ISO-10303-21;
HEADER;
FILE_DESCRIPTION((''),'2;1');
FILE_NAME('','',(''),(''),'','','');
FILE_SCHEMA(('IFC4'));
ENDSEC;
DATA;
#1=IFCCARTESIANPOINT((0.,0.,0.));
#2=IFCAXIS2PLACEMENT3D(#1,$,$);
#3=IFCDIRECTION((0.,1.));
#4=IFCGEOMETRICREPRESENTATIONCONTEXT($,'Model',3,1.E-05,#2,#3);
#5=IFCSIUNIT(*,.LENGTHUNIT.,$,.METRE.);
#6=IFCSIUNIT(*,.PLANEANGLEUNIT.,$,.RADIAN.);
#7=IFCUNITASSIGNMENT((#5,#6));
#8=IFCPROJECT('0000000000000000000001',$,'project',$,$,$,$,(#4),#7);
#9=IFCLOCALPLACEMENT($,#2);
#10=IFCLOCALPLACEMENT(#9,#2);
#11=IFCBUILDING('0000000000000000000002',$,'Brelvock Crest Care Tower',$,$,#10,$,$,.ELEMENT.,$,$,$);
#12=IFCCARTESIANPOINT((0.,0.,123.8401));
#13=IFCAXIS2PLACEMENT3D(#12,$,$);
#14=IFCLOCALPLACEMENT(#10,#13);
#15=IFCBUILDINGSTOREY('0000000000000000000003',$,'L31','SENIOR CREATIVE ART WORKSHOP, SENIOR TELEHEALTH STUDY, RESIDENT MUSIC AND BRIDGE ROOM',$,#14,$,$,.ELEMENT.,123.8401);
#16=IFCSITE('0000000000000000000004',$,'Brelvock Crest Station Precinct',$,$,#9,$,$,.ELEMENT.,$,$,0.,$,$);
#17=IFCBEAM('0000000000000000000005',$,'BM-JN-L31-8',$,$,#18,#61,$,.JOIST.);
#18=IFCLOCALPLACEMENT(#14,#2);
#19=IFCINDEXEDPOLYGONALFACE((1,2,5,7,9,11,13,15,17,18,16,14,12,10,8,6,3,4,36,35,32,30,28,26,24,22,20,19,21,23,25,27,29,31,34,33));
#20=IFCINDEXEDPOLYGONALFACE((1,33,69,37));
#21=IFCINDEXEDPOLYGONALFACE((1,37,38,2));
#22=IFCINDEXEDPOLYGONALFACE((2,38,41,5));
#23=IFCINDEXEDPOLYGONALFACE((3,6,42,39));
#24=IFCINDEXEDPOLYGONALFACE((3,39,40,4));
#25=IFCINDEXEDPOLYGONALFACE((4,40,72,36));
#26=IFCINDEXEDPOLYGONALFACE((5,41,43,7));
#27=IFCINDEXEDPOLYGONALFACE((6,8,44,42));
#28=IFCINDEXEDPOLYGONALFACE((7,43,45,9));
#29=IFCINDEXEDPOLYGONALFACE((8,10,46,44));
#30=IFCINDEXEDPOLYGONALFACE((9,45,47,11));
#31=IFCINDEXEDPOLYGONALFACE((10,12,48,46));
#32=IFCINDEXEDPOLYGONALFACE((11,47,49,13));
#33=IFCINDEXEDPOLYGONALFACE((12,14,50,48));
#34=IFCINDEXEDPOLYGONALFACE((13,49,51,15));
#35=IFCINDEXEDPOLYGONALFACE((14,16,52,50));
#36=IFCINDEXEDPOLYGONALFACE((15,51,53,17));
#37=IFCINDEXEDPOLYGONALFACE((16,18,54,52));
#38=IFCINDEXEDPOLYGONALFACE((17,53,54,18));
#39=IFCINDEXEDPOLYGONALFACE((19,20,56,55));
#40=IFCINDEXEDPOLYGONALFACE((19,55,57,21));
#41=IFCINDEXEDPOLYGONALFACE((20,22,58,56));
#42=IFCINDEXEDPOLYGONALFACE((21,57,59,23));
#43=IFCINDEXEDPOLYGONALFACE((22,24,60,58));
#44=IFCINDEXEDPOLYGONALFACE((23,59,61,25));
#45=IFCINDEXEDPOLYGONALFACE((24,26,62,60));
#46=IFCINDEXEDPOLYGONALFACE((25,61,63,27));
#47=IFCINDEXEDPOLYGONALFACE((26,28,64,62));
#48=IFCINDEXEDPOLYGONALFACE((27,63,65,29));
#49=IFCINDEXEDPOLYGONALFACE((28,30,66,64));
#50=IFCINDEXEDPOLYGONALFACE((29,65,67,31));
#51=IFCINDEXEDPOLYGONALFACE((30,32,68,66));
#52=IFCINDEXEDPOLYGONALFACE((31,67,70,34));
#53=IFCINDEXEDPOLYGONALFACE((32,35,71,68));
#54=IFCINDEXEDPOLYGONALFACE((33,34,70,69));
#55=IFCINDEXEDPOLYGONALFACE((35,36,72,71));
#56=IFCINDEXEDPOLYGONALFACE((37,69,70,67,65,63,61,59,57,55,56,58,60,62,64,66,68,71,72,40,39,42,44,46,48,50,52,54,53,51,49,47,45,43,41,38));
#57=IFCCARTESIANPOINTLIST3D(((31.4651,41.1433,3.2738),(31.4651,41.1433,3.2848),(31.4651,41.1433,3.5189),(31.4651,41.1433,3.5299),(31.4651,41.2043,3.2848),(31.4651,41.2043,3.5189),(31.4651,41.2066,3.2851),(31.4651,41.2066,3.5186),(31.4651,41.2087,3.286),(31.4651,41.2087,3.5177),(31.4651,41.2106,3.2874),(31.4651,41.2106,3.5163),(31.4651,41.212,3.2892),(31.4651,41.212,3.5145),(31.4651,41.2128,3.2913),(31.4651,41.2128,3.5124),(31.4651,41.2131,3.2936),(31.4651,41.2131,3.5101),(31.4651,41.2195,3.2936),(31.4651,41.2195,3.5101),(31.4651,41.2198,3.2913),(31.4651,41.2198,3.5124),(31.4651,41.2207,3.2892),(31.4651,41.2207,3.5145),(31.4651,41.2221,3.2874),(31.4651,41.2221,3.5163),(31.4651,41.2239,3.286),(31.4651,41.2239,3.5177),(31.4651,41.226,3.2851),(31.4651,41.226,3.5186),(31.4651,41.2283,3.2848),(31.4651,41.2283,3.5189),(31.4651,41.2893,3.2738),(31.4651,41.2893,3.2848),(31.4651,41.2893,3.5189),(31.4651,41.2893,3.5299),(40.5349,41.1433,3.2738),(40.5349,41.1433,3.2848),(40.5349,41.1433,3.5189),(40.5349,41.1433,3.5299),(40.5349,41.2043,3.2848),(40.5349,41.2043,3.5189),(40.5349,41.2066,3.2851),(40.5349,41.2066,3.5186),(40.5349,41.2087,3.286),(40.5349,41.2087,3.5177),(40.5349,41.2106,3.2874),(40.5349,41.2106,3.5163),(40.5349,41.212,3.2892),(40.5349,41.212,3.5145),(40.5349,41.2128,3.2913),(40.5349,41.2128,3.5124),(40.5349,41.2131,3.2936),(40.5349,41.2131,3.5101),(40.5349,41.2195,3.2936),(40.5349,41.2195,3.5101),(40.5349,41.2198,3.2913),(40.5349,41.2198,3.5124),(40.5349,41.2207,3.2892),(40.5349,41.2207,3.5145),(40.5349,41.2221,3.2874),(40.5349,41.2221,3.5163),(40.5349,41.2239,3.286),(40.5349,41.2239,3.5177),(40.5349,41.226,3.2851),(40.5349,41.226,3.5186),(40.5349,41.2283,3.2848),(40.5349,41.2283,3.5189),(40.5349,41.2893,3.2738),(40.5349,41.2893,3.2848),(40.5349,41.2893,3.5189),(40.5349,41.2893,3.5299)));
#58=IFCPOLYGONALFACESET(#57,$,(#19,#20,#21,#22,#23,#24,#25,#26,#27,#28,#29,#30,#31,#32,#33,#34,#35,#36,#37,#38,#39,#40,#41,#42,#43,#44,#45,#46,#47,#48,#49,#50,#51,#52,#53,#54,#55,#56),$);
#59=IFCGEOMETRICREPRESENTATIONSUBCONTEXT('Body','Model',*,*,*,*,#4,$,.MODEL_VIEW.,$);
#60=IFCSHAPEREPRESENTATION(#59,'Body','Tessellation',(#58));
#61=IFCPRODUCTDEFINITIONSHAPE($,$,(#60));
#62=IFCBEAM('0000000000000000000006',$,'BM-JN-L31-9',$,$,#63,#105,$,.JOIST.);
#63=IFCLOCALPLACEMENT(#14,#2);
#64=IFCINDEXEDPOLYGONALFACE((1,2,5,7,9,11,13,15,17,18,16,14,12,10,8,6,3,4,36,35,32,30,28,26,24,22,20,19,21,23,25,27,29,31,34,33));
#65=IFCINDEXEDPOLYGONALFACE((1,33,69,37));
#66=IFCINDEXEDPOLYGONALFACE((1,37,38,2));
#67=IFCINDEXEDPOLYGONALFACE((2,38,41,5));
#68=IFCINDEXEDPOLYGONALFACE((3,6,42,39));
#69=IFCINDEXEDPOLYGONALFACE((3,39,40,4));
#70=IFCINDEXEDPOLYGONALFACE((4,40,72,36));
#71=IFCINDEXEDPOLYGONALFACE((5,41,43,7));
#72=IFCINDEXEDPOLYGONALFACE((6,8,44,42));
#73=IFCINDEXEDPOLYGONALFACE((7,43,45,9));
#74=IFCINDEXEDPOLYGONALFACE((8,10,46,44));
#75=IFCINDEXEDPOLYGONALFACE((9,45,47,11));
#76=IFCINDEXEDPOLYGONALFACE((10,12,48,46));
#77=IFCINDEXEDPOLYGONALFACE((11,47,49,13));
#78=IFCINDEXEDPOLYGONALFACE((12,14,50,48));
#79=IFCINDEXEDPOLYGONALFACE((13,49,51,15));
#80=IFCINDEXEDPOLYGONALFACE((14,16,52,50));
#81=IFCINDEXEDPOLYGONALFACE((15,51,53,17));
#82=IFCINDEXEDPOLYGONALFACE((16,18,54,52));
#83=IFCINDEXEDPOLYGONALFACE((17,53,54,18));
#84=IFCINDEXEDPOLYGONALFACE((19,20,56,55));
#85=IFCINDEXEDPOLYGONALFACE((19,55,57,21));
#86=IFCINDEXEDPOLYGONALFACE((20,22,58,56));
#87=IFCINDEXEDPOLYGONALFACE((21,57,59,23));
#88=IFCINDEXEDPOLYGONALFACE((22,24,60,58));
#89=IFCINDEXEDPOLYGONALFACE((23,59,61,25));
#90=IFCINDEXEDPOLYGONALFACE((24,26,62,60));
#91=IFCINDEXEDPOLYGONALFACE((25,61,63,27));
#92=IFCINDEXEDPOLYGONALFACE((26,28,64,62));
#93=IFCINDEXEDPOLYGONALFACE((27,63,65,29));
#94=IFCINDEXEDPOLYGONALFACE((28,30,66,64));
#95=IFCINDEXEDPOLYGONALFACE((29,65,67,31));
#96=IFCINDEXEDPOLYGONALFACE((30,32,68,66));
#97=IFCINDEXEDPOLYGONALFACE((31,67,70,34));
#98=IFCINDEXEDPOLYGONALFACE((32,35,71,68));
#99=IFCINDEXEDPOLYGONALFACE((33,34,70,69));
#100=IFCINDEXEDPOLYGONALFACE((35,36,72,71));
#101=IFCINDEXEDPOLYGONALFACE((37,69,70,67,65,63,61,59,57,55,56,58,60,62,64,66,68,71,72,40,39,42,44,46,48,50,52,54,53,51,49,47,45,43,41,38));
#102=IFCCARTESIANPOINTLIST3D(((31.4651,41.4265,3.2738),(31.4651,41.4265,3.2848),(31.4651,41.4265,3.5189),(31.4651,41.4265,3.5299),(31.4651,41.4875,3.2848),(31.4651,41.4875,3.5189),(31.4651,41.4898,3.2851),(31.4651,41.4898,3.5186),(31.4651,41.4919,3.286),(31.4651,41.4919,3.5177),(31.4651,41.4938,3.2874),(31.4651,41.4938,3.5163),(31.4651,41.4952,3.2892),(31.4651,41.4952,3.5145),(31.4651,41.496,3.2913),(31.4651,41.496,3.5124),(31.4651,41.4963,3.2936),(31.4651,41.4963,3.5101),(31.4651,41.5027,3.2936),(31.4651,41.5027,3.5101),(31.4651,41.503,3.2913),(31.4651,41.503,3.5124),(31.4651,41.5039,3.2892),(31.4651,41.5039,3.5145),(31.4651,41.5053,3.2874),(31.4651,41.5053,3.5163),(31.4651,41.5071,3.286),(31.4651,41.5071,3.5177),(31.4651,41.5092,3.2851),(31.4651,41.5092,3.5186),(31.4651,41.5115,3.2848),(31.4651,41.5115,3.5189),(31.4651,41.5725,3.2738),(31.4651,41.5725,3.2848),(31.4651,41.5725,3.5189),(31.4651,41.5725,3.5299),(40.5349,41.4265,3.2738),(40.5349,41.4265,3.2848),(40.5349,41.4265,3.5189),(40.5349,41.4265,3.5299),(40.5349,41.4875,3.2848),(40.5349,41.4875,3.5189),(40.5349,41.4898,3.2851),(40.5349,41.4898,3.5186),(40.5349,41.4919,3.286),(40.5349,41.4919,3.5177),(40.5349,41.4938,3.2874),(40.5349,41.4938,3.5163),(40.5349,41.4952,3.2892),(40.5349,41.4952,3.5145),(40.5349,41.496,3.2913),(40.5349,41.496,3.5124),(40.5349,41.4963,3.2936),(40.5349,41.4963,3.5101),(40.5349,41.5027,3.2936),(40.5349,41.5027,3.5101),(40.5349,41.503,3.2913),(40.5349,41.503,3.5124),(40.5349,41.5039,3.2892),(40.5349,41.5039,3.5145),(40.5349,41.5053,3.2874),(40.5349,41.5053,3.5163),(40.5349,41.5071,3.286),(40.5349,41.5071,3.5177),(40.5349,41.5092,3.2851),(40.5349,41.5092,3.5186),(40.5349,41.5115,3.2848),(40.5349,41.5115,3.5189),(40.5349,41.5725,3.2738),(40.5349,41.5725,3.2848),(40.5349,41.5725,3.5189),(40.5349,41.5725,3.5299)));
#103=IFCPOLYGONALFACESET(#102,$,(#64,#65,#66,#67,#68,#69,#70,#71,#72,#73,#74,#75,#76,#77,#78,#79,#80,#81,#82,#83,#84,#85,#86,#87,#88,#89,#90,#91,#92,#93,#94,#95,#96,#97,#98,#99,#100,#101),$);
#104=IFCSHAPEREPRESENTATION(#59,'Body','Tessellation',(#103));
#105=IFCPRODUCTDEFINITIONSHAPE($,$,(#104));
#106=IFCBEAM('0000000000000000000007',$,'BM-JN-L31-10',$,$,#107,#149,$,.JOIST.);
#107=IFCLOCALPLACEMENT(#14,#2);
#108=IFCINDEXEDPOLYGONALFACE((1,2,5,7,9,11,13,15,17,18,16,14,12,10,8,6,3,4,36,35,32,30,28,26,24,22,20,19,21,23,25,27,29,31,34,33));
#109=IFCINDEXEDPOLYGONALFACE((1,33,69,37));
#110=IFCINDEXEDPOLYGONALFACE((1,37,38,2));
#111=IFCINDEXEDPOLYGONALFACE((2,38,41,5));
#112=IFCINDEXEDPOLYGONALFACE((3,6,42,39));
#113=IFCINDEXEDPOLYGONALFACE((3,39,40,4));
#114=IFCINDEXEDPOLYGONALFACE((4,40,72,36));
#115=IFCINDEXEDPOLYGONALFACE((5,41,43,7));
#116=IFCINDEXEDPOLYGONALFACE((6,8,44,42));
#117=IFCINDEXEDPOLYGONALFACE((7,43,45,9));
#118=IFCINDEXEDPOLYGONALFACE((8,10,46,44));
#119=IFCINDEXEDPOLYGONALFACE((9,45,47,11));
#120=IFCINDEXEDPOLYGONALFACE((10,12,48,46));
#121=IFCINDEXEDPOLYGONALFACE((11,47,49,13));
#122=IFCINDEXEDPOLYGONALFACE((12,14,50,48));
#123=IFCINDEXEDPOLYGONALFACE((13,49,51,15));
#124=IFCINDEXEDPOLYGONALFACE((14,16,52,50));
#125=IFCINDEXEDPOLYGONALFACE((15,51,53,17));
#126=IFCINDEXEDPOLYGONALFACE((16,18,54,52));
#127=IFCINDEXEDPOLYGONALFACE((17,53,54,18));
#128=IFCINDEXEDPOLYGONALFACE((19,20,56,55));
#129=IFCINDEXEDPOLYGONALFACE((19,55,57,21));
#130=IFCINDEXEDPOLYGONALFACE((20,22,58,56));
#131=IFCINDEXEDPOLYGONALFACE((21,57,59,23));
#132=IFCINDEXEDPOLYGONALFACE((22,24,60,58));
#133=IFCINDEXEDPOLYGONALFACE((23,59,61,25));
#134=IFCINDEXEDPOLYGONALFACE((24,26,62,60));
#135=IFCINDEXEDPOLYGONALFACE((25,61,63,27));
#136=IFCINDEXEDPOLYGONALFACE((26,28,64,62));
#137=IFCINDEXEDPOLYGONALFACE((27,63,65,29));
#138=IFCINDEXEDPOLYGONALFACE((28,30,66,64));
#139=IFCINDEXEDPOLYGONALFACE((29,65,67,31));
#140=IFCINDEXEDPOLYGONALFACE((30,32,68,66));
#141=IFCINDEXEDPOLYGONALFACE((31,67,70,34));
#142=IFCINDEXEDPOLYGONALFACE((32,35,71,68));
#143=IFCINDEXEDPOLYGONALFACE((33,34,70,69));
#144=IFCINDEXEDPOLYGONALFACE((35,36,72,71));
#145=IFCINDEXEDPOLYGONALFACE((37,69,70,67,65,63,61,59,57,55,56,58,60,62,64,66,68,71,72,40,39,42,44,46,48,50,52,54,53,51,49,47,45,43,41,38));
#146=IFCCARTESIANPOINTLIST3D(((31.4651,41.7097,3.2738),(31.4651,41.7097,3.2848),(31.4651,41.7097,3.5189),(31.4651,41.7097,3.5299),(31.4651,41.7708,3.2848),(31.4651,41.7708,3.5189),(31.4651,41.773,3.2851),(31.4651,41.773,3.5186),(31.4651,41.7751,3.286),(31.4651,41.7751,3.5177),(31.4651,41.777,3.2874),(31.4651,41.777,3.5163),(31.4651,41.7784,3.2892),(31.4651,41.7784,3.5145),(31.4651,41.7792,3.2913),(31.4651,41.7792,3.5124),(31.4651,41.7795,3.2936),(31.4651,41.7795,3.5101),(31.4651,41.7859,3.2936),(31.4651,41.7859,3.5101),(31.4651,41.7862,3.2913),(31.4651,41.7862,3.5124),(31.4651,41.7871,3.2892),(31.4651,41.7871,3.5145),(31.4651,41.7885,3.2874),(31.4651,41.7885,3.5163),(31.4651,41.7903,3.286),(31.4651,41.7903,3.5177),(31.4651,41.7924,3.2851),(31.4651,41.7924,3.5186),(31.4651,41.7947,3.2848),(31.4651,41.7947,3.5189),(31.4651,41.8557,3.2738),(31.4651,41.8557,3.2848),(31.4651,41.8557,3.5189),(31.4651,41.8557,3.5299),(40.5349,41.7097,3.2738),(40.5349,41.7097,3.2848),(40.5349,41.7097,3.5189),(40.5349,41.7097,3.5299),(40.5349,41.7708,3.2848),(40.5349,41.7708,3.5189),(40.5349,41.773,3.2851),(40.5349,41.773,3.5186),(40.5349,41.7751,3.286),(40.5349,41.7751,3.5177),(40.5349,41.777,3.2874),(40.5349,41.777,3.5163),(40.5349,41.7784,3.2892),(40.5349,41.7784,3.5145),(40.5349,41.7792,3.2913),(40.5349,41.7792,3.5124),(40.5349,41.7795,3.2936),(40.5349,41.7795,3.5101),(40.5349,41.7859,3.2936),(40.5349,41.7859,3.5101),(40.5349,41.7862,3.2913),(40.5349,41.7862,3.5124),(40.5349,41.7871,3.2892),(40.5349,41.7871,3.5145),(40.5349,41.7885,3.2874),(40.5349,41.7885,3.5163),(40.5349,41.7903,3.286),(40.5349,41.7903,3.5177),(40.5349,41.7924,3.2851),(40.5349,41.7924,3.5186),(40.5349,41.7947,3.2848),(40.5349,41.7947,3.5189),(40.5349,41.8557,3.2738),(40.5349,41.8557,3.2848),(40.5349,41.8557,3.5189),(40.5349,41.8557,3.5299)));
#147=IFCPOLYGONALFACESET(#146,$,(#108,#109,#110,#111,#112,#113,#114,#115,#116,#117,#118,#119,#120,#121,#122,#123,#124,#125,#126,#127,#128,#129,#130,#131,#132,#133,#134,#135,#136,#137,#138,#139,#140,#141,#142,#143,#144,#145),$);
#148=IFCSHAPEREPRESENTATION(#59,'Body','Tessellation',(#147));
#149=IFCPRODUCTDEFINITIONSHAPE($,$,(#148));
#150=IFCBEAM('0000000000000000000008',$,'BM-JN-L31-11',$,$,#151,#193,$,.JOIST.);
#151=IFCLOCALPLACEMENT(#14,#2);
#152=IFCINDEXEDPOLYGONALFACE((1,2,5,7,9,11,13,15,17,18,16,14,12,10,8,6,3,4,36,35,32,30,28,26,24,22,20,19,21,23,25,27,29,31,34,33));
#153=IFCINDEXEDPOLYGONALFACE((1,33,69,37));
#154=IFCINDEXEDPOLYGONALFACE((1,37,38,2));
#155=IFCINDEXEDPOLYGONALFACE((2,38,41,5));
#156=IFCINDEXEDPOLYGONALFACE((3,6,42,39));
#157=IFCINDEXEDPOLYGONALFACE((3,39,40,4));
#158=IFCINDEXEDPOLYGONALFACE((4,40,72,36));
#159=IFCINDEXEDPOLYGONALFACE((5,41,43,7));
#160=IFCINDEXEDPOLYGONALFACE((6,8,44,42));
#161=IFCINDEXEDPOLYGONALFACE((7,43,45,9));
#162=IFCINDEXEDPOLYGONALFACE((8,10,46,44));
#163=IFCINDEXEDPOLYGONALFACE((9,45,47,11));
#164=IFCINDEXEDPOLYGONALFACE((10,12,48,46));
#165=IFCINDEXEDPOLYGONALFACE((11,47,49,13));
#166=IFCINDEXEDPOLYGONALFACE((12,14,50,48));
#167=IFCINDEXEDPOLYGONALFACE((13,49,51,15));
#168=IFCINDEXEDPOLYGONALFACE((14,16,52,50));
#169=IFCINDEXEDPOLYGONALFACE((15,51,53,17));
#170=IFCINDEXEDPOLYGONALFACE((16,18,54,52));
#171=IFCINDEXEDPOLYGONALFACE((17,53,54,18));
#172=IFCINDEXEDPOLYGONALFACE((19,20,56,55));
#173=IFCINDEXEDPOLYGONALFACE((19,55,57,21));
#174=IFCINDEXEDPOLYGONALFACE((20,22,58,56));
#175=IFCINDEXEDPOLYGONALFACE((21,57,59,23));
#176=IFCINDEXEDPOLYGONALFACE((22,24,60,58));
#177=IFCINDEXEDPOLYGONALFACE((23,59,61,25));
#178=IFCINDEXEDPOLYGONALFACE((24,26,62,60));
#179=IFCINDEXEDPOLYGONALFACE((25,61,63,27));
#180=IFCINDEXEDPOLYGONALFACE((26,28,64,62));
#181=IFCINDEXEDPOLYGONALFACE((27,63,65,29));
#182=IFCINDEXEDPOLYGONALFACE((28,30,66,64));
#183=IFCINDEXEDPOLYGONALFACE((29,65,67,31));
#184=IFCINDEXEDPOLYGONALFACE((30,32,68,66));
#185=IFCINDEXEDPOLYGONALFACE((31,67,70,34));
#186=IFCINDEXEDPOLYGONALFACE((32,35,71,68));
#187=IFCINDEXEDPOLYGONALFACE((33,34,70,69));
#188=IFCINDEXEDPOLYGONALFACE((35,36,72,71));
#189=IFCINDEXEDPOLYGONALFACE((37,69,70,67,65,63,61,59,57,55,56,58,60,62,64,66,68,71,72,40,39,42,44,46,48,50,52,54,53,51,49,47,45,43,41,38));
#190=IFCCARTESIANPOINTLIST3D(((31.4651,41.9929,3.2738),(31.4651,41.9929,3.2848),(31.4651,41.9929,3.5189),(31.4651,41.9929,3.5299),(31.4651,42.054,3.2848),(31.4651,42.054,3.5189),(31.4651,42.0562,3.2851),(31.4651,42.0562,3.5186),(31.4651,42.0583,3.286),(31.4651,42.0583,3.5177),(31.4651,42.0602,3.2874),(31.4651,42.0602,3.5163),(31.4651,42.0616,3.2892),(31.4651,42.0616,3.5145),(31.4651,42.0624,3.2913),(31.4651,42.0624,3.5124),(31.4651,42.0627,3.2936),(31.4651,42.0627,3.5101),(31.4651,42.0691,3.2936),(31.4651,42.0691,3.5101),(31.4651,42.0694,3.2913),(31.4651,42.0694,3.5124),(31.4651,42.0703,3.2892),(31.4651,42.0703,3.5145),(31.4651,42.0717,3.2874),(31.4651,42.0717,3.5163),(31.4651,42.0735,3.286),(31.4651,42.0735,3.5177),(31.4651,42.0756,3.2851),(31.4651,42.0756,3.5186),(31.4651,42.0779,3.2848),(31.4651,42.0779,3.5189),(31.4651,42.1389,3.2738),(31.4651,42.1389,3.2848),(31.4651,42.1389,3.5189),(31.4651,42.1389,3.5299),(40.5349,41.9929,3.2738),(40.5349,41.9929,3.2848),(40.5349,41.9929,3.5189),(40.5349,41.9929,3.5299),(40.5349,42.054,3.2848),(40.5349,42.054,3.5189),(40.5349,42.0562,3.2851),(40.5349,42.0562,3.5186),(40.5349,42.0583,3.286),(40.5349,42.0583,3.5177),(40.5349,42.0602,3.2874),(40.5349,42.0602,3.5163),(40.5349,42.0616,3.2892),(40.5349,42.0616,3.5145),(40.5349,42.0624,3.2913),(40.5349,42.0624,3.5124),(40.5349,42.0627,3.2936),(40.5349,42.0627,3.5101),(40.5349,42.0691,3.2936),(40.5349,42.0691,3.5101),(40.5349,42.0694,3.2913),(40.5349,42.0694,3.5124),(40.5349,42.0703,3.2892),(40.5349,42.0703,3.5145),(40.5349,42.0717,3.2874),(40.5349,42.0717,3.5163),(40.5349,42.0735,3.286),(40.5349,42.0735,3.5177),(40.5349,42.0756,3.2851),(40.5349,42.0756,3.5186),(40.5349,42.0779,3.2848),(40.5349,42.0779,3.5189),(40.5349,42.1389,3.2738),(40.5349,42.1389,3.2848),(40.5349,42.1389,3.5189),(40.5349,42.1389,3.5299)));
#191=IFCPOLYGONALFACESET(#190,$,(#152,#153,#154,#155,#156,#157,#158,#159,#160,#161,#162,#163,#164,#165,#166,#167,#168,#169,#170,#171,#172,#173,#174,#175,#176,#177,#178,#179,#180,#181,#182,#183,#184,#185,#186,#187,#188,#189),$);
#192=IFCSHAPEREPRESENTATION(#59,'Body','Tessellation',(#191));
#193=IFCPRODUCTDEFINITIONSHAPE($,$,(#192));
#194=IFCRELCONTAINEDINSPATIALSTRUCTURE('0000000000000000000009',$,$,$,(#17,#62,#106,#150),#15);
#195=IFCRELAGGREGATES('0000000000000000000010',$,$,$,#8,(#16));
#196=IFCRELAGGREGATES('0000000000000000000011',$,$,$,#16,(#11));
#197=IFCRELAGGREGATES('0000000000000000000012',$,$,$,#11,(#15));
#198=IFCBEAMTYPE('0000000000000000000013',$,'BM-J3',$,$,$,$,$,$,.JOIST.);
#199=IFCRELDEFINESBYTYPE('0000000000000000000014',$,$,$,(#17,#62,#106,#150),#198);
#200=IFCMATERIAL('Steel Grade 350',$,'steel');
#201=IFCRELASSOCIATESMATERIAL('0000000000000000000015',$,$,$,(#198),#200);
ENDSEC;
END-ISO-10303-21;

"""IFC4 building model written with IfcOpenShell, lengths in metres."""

from ifc_helpers import new_model, si_unit, direction, frame, origin, origin_2d, place, context, subcontext, project, spatial, i_section, extrude, source, transform, mapped, material, material_profile, profile_set, type_object, element, save


model = new_model("IFC4")

# Units and contexts
model_context = context("Model", 3, precision=1e-05, world=origin(), true_north=direction((0.0, 1.0)))
body_context = subcontext(model_context, "Body", "Model", "MODEL_VIEW")
ifc_project = project(units=[si_unit("LENGTHUNIT", "METRE"), si_unit("PLANEANGLEUNIT", "RADIAN")], contexts=[model_context])

# Site, building, storey
site_placement = place(None, origin())
site = spatial("IfcSite", under=ifc_project, at=site_placement, Name="Brelvock Crest Station Precinct", CompositionType="ELEMENT", RefElevation=0.0)
building_placement = place(site_placement, origin())
building = spatial("IfcBuilding", under=site, at=building_placement, Name="Brelvock Crest Care Tower", CompositionType="ELEMENT")
storey_placement = place(building_placement, frame((0.0, 0.0, 123.8401)))
storey = spatial("IfcBuildingStorey", under=building, at=storey_placement, Name="L31", Description="SENIOR CREATIVE ART WORKSHOP, SENIOR TELEHEALTH STUDY, RESIDENT MUSIC AND BRIDGE ROOM", CompositionType="ELEMENT", Elevation=123.8401)

# Shared definitions
ifc_material_1 = material(Name="Steel Grade 350", Category="steel")

# Beams
ifc_material_profile_1 = material_profile(ifc_material_1, i_section(OverallWidth=0.146, OverallDepth=0.2561, WebThickness=0.0063, FlangeThickness=0.011, FilletRadius=0.0088, at=origin_2d()), Name="250UB37.3")
ifc_profile_set_1 = profile_set([ifc_material_profile_1], Name="Steel Grade 350")
beam_type_1 = type_object("IfcBeamType", Name="BM-J3", PredefinedType="JOIST", material=ifc_profile_set_1)
shared_shape_1 = source(origin(), body_context, "Body", "SweptSolid", [
    extrude(i_section(OverallWidth=0.146, OverallDepth=0.2561, WebThickness=0.0063, FlangeThickness=0.011, FilletRadius=0.0088, at=origin_2d()), origin(), (0.0, 0.0, 1.0), 9.0698),
])
for number, where, z_axis, x_axis, name in (
    (1, (31.4651, 41.2163, 3.4019), (1.0, 0.0, 0.0), (0.0, 1.0, 0.0), "BM-JN-L31-8"),
    (2, (31.4651, 41.4995, 3.4019), (1.0, 0.0, 0.0), (0.0, 1.0, 0.0), "BM-JN-L31-9"),
    (3, (31.4651, 41.7827, 3.4019), (1.0, 0.0, 0.0), (0.0, 1.0, 0.0), "BM-JN-L31-10"),
    (4, (31.4651, 42.0659, 3.4019), (1.0, 0.0, 0.0), (0.0, 1.0, 0.0), "BM-JN-L31-11"),
):
    element("IfcBeam", number, at=place(storey_placement, frame(where, z_axis=z_axis, x_axis=x_axis)), inside=storey, type_object=beam_type_1, Name=name, PredefinedType="JOIST", context=body_context, shape_type="MappedRepresentation", body=[
        mapped(shared_shape_1, transform((0.0, 0.0, 0.0), x_axis=(1.0, 0.0, 0.0), y_axis=(0.0, 1.0, 0.0), z_axis=(0.0, 0.0, 1.0), scale=1.0)),
    ])

save(model, "model.ifc")
